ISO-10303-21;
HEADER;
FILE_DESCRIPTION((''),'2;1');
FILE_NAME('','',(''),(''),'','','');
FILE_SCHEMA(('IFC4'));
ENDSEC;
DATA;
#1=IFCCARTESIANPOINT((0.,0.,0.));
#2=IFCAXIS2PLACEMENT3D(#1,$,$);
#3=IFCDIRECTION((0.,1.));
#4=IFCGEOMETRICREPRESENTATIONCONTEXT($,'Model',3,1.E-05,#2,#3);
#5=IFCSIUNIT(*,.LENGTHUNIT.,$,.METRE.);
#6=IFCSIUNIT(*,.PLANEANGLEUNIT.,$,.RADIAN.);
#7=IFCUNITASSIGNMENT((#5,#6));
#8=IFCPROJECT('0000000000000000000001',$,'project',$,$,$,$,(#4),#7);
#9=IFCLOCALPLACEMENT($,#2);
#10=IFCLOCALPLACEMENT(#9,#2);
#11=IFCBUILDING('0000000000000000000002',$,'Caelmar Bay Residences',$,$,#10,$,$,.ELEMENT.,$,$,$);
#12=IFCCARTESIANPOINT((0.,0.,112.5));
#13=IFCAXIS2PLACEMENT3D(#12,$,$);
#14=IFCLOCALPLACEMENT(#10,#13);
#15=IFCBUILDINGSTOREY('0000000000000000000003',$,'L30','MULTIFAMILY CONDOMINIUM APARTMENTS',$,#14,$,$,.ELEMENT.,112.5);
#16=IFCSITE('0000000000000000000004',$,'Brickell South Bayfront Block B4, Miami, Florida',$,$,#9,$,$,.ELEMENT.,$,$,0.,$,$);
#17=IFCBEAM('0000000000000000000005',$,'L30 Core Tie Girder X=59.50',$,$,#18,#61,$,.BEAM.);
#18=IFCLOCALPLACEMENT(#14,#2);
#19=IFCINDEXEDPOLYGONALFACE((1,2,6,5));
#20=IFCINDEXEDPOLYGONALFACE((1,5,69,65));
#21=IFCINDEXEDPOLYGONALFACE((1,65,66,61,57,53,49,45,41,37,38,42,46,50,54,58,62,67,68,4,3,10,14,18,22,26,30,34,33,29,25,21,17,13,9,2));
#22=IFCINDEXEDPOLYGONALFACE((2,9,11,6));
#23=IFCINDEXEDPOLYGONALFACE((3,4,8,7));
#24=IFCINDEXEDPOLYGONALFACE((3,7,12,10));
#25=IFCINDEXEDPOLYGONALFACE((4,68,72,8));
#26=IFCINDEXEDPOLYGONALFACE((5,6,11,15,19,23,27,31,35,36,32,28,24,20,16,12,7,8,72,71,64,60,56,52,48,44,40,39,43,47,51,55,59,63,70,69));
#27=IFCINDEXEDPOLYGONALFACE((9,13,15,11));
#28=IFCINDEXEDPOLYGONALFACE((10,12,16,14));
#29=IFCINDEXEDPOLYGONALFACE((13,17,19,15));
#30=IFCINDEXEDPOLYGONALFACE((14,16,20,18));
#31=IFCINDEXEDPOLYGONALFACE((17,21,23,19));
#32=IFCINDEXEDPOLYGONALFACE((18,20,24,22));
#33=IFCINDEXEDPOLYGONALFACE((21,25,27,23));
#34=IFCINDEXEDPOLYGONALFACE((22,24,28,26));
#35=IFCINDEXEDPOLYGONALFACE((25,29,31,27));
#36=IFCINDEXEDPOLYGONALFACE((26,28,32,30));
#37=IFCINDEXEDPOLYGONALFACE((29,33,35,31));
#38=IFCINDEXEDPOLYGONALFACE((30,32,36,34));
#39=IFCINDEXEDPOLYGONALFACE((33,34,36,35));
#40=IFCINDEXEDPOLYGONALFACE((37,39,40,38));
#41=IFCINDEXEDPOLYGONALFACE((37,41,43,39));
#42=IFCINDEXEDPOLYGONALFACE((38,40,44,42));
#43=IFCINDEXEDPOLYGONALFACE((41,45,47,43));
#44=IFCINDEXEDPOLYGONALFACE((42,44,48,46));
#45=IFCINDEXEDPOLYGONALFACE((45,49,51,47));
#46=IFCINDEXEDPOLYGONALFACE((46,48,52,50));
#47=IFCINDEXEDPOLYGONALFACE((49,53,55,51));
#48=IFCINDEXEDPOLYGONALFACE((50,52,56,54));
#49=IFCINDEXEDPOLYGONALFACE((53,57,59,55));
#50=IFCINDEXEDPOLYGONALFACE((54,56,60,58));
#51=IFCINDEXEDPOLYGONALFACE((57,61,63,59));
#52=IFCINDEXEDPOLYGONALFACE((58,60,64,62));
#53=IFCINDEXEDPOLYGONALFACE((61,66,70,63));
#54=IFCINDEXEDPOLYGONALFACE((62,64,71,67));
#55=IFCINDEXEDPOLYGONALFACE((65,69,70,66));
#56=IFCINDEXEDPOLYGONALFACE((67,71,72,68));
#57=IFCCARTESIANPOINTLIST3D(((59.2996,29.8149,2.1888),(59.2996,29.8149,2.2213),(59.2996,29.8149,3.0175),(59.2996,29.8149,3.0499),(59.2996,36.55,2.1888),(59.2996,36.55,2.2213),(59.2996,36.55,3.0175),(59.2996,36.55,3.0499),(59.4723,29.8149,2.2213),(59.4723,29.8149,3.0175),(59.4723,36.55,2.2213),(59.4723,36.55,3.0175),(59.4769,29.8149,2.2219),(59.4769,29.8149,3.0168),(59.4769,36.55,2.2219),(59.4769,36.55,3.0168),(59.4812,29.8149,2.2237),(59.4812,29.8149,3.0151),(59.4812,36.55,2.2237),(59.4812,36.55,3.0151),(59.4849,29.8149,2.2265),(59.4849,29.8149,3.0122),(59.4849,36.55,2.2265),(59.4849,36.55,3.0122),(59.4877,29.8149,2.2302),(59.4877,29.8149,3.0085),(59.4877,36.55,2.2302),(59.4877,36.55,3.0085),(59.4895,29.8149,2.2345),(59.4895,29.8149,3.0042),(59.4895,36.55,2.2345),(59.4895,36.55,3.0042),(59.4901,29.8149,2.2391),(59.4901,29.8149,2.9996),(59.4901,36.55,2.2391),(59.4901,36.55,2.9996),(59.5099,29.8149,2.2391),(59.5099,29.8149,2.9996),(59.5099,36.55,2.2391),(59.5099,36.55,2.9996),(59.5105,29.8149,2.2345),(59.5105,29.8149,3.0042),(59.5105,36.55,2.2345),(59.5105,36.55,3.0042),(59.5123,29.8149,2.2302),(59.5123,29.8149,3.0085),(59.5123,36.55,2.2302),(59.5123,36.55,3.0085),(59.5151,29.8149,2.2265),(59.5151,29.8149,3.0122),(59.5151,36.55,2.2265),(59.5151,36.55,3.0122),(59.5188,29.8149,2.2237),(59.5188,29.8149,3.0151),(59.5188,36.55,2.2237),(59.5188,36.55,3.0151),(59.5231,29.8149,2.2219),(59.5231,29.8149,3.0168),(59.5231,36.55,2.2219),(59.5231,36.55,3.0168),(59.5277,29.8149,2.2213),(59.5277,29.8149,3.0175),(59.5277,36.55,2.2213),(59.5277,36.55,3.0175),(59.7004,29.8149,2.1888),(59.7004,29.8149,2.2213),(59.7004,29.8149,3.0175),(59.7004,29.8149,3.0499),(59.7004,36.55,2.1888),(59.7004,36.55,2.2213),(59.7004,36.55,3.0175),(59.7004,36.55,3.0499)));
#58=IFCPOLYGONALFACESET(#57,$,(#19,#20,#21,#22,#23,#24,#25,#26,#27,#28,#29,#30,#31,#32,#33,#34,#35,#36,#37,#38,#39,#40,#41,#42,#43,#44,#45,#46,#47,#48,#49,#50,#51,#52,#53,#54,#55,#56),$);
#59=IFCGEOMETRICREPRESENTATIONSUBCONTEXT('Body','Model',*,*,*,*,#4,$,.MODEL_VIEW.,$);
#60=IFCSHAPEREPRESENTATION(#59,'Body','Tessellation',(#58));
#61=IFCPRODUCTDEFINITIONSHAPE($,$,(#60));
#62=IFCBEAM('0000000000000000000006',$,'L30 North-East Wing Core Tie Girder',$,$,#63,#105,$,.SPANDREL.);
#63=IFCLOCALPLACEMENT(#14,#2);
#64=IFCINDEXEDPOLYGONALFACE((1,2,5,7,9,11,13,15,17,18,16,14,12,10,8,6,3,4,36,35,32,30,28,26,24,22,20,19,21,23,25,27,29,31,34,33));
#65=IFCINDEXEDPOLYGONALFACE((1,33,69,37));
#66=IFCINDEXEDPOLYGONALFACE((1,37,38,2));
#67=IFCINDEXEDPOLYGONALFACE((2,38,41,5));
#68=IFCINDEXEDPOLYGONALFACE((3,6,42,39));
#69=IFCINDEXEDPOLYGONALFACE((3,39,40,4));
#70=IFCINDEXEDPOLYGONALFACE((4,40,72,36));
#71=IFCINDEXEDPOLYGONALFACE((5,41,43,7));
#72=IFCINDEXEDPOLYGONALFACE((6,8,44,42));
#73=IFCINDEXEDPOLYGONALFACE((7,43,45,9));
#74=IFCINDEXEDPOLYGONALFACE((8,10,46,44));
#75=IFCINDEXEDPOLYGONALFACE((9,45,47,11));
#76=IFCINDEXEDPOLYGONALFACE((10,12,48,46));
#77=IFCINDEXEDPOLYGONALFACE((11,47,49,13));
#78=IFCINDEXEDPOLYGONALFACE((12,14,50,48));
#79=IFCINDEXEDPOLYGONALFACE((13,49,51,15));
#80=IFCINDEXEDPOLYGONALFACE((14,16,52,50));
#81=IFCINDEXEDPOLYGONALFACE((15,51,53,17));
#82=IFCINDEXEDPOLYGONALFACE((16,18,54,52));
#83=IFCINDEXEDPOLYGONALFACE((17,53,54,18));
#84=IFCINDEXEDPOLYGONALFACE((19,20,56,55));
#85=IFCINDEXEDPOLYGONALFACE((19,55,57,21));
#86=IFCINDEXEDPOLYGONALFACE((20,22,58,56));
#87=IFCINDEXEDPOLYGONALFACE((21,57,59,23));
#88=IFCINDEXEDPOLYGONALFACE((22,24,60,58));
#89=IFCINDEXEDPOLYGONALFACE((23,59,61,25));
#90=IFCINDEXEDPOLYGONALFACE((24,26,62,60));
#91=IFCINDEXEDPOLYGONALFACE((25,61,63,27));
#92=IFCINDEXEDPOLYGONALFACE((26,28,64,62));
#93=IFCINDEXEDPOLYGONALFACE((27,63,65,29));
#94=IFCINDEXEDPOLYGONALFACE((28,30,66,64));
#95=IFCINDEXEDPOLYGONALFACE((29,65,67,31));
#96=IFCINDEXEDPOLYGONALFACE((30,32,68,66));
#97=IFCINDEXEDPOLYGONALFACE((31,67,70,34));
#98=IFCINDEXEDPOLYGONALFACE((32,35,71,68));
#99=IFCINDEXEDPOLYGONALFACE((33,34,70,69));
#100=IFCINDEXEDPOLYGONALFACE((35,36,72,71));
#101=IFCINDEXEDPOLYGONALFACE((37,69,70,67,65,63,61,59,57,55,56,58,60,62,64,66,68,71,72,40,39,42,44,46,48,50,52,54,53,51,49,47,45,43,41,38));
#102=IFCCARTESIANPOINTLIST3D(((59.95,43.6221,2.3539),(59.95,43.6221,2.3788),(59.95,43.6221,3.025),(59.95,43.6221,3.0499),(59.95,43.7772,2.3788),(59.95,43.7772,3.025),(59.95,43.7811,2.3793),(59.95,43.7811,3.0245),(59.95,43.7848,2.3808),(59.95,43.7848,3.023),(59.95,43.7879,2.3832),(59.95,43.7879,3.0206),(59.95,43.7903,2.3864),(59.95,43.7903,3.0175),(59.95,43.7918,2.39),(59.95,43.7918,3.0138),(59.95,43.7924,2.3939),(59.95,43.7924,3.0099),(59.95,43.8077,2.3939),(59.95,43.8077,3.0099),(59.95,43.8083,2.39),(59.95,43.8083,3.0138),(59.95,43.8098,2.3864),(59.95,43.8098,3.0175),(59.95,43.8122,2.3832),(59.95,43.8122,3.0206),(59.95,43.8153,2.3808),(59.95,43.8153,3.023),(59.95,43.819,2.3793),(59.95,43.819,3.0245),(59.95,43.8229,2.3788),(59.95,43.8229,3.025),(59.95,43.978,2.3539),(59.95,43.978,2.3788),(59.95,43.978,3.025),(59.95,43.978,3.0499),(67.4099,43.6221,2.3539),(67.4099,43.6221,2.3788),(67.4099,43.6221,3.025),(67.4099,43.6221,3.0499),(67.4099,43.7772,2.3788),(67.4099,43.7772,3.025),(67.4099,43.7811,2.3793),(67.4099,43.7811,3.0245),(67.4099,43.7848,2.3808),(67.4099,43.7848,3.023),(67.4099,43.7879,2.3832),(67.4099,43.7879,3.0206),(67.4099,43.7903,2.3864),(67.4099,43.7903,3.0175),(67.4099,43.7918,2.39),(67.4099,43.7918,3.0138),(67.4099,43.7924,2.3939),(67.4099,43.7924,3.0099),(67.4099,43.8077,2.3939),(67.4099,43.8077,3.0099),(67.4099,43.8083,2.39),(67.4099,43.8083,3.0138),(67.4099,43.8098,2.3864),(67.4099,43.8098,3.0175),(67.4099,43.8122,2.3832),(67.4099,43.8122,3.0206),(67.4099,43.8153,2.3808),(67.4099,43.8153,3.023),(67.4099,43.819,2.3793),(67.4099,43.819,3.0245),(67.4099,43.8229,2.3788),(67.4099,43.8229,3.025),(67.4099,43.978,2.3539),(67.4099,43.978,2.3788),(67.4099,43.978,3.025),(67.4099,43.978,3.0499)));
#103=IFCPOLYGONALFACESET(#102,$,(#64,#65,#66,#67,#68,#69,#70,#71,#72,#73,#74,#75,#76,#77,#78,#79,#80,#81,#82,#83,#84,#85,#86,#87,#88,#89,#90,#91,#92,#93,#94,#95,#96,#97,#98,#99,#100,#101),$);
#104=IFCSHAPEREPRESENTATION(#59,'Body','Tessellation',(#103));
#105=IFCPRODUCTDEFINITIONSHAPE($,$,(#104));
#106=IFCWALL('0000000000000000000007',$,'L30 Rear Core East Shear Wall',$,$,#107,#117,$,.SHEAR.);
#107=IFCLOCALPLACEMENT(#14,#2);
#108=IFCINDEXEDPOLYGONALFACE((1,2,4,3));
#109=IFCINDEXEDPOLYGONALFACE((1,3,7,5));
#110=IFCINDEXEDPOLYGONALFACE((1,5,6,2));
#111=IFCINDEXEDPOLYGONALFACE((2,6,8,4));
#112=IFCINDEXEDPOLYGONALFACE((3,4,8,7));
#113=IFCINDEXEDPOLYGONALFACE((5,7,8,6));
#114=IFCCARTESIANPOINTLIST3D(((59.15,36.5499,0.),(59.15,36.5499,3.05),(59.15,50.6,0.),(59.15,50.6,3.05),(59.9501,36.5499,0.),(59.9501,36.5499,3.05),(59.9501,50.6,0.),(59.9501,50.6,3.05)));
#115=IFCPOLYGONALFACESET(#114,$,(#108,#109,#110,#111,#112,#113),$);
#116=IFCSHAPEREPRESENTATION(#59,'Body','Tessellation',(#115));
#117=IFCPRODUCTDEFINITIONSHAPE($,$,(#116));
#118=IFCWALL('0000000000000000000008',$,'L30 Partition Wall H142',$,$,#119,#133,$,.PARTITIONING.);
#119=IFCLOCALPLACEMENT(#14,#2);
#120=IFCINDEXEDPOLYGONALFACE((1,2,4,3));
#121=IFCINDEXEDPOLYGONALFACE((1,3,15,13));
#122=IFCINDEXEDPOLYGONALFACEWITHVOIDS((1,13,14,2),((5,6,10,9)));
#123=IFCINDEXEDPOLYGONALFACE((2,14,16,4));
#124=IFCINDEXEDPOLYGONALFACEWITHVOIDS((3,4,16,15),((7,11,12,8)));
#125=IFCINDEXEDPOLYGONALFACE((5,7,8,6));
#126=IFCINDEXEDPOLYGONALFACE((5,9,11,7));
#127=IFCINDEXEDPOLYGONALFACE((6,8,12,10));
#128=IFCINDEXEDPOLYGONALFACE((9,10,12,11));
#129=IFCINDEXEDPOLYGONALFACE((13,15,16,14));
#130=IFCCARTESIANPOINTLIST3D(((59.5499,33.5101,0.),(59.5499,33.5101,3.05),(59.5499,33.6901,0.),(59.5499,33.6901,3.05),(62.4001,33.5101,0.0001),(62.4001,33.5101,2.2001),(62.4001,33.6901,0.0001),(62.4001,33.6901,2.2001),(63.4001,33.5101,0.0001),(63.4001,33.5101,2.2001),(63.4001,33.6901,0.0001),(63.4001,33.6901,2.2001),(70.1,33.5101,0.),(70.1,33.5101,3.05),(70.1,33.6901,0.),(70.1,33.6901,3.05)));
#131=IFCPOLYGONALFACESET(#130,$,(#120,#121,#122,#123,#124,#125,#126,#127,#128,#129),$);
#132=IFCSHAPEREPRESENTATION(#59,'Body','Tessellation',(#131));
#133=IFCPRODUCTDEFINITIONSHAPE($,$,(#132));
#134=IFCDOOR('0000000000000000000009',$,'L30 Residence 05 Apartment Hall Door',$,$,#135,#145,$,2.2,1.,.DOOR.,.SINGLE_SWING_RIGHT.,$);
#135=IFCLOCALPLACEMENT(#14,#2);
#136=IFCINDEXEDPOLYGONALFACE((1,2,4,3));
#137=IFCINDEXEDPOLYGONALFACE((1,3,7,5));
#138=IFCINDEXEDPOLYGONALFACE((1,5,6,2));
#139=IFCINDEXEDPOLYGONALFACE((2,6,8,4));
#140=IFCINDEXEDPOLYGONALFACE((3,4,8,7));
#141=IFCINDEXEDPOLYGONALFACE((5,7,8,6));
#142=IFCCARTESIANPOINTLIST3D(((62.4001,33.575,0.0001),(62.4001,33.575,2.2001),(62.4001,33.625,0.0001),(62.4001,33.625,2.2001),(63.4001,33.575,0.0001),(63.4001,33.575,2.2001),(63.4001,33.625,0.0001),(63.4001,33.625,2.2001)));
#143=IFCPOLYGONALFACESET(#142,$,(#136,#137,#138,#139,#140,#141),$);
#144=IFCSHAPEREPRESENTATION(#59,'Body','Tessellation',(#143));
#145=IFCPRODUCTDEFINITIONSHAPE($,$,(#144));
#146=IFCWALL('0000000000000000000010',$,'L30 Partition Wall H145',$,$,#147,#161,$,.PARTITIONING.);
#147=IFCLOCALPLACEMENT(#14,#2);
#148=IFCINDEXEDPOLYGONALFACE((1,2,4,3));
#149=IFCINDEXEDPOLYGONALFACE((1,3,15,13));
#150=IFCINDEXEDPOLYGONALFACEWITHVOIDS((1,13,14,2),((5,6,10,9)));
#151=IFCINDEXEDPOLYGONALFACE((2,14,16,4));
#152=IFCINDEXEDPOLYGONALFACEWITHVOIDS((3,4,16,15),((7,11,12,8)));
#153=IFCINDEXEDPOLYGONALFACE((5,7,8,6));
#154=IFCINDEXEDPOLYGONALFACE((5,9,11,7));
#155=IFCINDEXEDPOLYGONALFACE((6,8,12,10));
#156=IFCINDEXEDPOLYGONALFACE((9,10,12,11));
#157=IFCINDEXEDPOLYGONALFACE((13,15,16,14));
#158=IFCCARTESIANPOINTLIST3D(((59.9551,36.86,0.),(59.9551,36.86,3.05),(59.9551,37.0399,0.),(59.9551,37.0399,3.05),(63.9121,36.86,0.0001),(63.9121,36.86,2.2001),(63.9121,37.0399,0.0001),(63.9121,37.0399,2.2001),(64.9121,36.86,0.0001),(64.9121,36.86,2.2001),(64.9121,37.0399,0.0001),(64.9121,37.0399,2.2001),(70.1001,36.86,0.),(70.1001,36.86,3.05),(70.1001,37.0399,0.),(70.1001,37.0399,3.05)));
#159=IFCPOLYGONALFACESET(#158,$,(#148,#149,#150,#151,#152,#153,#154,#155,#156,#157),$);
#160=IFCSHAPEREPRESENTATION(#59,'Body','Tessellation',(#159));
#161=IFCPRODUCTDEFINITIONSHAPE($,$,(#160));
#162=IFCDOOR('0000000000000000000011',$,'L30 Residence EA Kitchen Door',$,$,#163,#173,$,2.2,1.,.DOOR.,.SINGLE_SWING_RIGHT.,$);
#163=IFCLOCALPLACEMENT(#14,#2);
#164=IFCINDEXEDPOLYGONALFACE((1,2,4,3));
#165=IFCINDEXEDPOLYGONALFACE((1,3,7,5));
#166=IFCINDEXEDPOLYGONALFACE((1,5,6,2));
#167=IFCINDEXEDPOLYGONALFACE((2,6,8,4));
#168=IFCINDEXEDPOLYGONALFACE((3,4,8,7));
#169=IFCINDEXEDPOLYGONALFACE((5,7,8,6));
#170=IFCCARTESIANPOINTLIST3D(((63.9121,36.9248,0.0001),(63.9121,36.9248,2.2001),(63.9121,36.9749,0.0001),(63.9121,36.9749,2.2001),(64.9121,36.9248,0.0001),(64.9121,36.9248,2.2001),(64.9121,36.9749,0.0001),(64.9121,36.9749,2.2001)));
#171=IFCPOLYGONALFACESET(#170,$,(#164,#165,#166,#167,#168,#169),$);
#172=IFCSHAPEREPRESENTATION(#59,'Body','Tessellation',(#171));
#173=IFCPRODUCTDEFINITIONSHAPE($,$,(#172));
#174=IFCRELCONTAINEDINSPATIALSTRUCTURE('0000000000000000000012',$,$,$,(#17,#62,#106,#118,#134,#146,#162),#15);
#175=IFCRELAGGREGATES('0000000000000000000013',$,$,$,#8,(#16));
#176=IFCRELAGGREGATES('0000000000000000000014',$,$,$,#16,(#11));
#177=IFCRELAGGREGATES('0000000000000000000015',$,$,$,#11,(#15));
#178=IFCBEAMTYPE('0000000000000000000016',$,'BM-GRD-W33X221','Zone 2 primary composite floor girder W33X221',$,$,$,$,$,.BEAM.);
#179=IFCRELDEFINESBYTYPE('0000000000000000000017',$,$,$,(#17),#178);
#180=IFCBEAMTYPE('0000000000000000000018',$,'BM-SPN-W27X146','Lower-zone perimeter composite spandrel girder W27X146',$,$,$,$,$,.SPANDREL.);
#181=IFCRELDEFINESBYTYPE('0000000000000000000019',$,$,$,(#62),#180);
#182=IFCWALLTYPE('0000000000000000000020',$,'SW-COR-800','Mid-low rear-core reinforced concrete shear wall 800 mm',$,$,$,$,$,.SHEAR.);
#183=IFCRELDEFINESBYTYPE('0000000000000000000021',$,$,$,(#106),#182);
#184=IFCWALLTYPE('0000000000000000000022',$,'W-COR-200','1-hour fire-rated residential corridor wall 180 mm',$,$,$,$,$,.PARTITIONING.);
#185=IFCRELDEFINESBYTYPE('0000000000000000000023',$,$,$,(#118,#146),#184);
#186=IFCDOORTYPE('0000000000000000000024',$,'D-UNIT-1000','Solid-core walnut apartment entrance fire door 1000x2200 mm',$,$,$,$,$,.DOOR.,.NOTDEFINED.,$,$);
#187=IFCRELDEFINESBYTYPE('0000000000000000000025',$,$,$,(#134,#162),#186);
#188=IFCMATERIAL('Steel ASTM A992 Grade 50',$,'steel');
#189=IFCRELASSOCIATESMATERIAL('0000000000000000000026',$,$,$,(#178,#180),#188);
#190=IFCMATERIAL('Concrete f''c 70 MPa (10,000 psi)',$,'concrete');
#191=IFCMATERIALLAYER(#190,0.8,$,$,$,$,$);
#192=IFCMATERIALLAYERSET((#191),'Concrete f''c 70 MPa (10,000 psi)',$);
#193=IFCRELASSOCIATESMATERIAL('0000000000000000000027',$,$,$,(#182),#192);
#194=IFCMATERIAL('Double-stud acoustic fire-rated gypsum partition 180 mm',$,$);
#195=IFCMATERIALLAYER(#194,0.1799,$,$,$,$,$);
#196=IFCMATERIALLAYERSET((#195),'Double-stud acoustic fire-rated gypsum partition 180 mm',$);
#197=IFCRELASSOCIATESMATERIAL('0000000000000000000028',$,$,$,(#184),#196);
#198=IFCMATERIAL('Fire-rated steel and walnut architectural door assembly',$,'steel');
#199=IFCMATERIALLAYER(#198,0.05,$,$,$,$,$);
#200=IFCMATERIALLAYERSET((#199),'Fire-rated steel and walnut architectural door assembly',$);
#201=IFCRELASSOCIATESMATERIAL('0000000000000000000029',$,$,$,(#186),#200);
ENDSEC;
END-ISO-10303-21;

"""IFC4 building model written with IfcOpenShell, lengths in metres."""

from ifc_helpers import new_model, si_unit, direction, frame, frame_2d, origin, origin_2d, place, context, subcontext, project, spatial, rectangle, i_section, extrude, material, layer, layer_set, material_profile, profile_set, type_object, element, fill, save


model = new_model("IFC4")

# Units and contexts
model_context = context("Model", 3, precision=1e-05, world=origin(), true_north=direction((0.0, 1.0)))
body_context = subcontext(model_context, "Body", "Model", "MODEL_VIEW")
ifc_project = project(units=[si_unit("LENGTHUNIT", "METRE"), si_unit("PLANEANGLEUNIT", "RADIAN")], contexts=[model_context])

# Site, building, storey
site_placement = place(None, origin())
site = spatial("IfcSite", under=ifc_project, at=site_placement, Name="Brickell South Bayfront Block B4, Miami, Florida", CompositionType="ELEMENT", RefElevation=0.0)
building_placement = place(site_placement, origin())
building = spatial("IfcBuilding", under=site, at=building_placement, Name="Caelmar Bay Residences", CompositionType="ELEMENT")
storey_placement = place(building_placement, frame((0.0, 0.0, 112.5)))
storey = spatial("IfcBuildingStorey", under=building, at=storey_placement, Name="L30", Description="MULTIFAMILY CONDOMINIUM APARTMENTS", CompositionType="ELEMENT", Elevation=112.5)

# Beams
ifc_material_1 = material(Name="Steel ASTM A992 Grade 50", Category="steel")
ifc_material_profile_1 = material_profile(ifc_material_1, i_section(OverallWidth=0.4009, OverallDepth=0.8611, WebThickness=0.0198, FlangeThickness=0.0325, FilletRadius=0.0178, at=origin_2d()), Name="W33X221")
ifc_profile_set_1 = profile_set([ifc_material_profile_1], Name="Steel ASTM A992 Grade 50")
beam_type_1 = type_object("IfcBeamType", Name="BM-GRD-W33X221", Description="Zone 2 primary composite floor girder W33X221", PredefinedType="BEAM", material=ifc_profile_set_1)
beam_1_placement = place(storey_placement, frame((59.5, 29.8149, 2.6194), z_axis=(0.0, 1.0, 0.0), x_axis=(-1.0, 0.0, 0.0)))
element("IfcBeam", 1, at=beam_1_placement, inside=storey, type_object=beam_type_1, Name="L30 Core Tie Girder X=59.50", PredefinedType="BEAM", context=body_context, shape_type="SweptSolid", body=[
    extrude(i_section(OverallWidth=0.4009, OverallDepth=0.8611, WebThickness=0.0198, FlangeThickness=0.0325, FilletRadius=0.0178, at=origin_2d()), origin(), (0.0, 0.0, 1.0), 6.7351),
])
ifc_material_profile_2 = material_profile(ifc_material_1, i_section(OverallWidth=0.356, OverallDepth=0.696, WebThickness=0.0154, FlangeThickness=0.0249, FilletRadius=0.0151, at=origin_2d()), Name="W27X146")
ifc_profile_set_2 = profile_set([ifc_material_profile_2], Name="Steel ASTM A992 Grade 50")
beam_type_2 = type_object("IfcBeamType", Name="BM-SPN-W27X146", Description="Lower-zone perimeter composite spandrel girder W27X146", PredefinedType="SPANDREL", material=ifc_profile_set_2)
beam_2_placement = place(storey_placement, frame((59.95, 43.8, 2.7019), z_axis=(1.0, 0.0, 0.0), x_axis=(0.0, 1.0, 0.0)))
element("IfcBeam", 2, at=beam_2_placement, inside=storey, type_object=beam_type_2, Name="L30 North-East Wing Core Tie Girder", PredefinedType="SPANDREL", context=body_context, shape_type="SweptSolid", body=[
    extrude(i_section(OverallWidth=0.356, OverallDepth=0.696, WebThickness=0.0154, FlangeThickness=0.0249, FilletRadius=0.0151, at=origin_2d()), origin(), (0.0, 0.0, 1.0), 7.46),
])

# Wall
ifc_material_2 = material(Name="Concrete f'c 70 MPa (10,000 psi)", Category="concrete")
ifc_layer_1 = layer(ifc_material_2, 0.8)
ifc_layer_set_1 = layer_set([ifc_layer_1], Name="Concrete f'c 70 MPa (10,000 psi)")
wall_type_1 = type_object("IfcWallType", Name="SW-COR-800", Description="Mid-low rear-core reinforced concrete shear wall 800 mm", PredefinedType="SHEAR", material=ifc_layer_set_1)
wall_1_placement = place(storey_placement, frame((59.55, 36.55, 0.0), z_axis=(0.0, 0.0, 1.0), x_axis=(0.0, 1.0, 0.0)))
element("IfcWall", 3, at=wall_1_placement, inside=storey, type_object=wall_type_1, Name="L30 Rear Core East Shear Wall", PredefinedType="SHEAR", context=body_context, shape_type="SweptSolid", body=[
    extrude(rectangle(XDim=14.05, YDim=0.8, at=frame_2d((7.0249, 0.0))), origin(), (0.0, 0.0, 1.0), 3.05),
])

# Walls, openings, doors
ifc_material_3 = material(Name="Double-stud acoustic fire-rated gypsum partition 180 mm")
ifc_layer_2 = layer(ifc_material_3, 0.1799)
ifc_layer_set_2 = layer_set([ifc_layer_2], Name="Double-stud acoustic fire-rated gypsum partition 180 mm")
wall_type_2 = type_object("IfcWallType", Name="W-COR-200", Description="1-hour fire-rated residential corridor wall 180 mm", PredefinedType="PARTITIONING", material=ifc_layer_set_2)
wall_2_placement = place(storey_placement, frame((59.55, 33.6001, 0.0), z_axis=(0.0, 0.0, 1.0), x_axis=(1.0, 0.0, 0.0)))
wall_2 = element("IfcWall", 4, at=wall_2_placement, inside=storey, type_object=wall_type_2, Name="L30 Partition Wall H142", PredefinedType="PARTITIONING", context=body_context, shape_type="SweptSolid", body=[
    extrude(rectangle(XDim=10.55, YDim=0.1799, at=frame_2d((5.2749, 0.0))), origin(), (0.0, 0.0, 1.0), 3.05),
])
opening_1_placement = place(wall_2_placement, frame((2.8501, 0.0, 0.0)))
opening_1 = element("IfcOpeningElement", 5, at=opening_1_placement, cuts=wall_2, PredefinedType="OPENING", context=body_context, shape_type="SweptSolid", body=[
    extrude(rectangle(XDim=1.0, YDim=2.2, at=frame_2d((0.5, 1.1001))), frame((0.0, 0.0999, 0.0), z_axis=(0.0, -1.0, 0.0), x_axis=(1.0, 0.0, 0.0)), (0.0, 0.0, 1.0), 0.2),
])
ifc_material_4 = material(Name="Fire-rated steel and walnut architectural door assembly", Category="steel")
ifc_layer_3 = layer(ifc_material_4, 0.05)
ifc_layer_set_3 = layer_set([ifc_layer_3], Name="Fire-rated steel and walnut architectural door assembly")
door_type_1 = type_object("IfcDoorType", Name="D-UNIT-1000", Description="Solid-core walnut apartment entrance fire door 1000x2200 mm", OperationType="NOTDEFINED", PredefinedType="DOOR", material=ifc_layer_set_3)
door_1_placement = place(opening_1_placement, origin())
door_1 = element("IfcDoor", 6, at=door_1_placement, inside=storey, type_object=door_type_1, Name="L30 Residence 05 Apartment Hall Door", OperationType="SINGLE_SWING_RIGHT", OverallHeight=2.2, OverallWidth=1.0, PredefinedType="DOOR", context=body_context, shape_type="SweptSolid", body=[
    extrude(rectangle(XDim=1.0, YDim=2.2, at=frame_2d((0.5, 1.1001))), frame((0.0, 0.0249, 0.0), z_axis=(0.0, -1.0, 0.0), x_axis=(1.0, 0.0, 0.0)), (0.0, 0.0, 1.0), 0.05),
])
fill(opening_1, door_1)
wall_3_placement = place(storey_placement, frame((59.9551, 36.95, 0.0), z_axis=(0.0, 0.0, 1.0), x_axis=(1.0, 0.0, 0.0)))
wall_3 = element("IfcWall", 7, at=wall_3_placement, inside=storey, type_object=wall_type_2, Name="L30 Partition Wall H145", PredefinedType="PARTITIONING", context=body_context, shape_type="SweptSolid", body=[
    extrude(rectangle(XDim=10.145, YDim=0.1799, at=frame_2d((5.0725, 0.0))), origin(), (0.0, 0.0, 1.0), 3.05),
])
opening_2_placement = place(wall_3_placement, frame((3.957, 0.0, 0.0)))
opening_2 = element("IfcOpeningElement", 8, at=opening_2_placement, cuts=wall_3, PredefinedType="OPENING", context=body_context, shape_type="SweptSolid", body=[
    extrude(rectangle(XDim=1.0, YDim=2.2, at=frame_2d((0.5, 1.1001))), frame((0.0, 0.0999, 0.0), z_axis=(0.0, -1.0, 0.0), x_axis=(1.0, 0.0, 0.0)), (0.0, 0.0, 1.0), 0.2),
])
door_2_placement = place(opening_2_placement, origin())
door_2 = element("IfcDoor", 9, at=door_2_placement, inside=storey, type_object=door_type_1, Name="L30 Residence EA Kitchen Door", OperationType="SINGLE_SWING_RIGHT", OverallHeight=2.2, OverallWidth=1.0, PredefinedType="DOOR", context=body_context, shape_type="SweptSolid", body=[
    extrude(rectangle(XDim=1.0, YDim=2.2, at=frame_2d((0.5, 1.1001))), frame((0.0, 0.0249, 0.0), z_axis=(0.0, -1.0, 0.0), x_axis=(1.0, 0.0, 0.0)), (0.0, 0.0, 1.0), 0.05),
])
fill(opening_2, door_2)

save(model, "model.ifc")
